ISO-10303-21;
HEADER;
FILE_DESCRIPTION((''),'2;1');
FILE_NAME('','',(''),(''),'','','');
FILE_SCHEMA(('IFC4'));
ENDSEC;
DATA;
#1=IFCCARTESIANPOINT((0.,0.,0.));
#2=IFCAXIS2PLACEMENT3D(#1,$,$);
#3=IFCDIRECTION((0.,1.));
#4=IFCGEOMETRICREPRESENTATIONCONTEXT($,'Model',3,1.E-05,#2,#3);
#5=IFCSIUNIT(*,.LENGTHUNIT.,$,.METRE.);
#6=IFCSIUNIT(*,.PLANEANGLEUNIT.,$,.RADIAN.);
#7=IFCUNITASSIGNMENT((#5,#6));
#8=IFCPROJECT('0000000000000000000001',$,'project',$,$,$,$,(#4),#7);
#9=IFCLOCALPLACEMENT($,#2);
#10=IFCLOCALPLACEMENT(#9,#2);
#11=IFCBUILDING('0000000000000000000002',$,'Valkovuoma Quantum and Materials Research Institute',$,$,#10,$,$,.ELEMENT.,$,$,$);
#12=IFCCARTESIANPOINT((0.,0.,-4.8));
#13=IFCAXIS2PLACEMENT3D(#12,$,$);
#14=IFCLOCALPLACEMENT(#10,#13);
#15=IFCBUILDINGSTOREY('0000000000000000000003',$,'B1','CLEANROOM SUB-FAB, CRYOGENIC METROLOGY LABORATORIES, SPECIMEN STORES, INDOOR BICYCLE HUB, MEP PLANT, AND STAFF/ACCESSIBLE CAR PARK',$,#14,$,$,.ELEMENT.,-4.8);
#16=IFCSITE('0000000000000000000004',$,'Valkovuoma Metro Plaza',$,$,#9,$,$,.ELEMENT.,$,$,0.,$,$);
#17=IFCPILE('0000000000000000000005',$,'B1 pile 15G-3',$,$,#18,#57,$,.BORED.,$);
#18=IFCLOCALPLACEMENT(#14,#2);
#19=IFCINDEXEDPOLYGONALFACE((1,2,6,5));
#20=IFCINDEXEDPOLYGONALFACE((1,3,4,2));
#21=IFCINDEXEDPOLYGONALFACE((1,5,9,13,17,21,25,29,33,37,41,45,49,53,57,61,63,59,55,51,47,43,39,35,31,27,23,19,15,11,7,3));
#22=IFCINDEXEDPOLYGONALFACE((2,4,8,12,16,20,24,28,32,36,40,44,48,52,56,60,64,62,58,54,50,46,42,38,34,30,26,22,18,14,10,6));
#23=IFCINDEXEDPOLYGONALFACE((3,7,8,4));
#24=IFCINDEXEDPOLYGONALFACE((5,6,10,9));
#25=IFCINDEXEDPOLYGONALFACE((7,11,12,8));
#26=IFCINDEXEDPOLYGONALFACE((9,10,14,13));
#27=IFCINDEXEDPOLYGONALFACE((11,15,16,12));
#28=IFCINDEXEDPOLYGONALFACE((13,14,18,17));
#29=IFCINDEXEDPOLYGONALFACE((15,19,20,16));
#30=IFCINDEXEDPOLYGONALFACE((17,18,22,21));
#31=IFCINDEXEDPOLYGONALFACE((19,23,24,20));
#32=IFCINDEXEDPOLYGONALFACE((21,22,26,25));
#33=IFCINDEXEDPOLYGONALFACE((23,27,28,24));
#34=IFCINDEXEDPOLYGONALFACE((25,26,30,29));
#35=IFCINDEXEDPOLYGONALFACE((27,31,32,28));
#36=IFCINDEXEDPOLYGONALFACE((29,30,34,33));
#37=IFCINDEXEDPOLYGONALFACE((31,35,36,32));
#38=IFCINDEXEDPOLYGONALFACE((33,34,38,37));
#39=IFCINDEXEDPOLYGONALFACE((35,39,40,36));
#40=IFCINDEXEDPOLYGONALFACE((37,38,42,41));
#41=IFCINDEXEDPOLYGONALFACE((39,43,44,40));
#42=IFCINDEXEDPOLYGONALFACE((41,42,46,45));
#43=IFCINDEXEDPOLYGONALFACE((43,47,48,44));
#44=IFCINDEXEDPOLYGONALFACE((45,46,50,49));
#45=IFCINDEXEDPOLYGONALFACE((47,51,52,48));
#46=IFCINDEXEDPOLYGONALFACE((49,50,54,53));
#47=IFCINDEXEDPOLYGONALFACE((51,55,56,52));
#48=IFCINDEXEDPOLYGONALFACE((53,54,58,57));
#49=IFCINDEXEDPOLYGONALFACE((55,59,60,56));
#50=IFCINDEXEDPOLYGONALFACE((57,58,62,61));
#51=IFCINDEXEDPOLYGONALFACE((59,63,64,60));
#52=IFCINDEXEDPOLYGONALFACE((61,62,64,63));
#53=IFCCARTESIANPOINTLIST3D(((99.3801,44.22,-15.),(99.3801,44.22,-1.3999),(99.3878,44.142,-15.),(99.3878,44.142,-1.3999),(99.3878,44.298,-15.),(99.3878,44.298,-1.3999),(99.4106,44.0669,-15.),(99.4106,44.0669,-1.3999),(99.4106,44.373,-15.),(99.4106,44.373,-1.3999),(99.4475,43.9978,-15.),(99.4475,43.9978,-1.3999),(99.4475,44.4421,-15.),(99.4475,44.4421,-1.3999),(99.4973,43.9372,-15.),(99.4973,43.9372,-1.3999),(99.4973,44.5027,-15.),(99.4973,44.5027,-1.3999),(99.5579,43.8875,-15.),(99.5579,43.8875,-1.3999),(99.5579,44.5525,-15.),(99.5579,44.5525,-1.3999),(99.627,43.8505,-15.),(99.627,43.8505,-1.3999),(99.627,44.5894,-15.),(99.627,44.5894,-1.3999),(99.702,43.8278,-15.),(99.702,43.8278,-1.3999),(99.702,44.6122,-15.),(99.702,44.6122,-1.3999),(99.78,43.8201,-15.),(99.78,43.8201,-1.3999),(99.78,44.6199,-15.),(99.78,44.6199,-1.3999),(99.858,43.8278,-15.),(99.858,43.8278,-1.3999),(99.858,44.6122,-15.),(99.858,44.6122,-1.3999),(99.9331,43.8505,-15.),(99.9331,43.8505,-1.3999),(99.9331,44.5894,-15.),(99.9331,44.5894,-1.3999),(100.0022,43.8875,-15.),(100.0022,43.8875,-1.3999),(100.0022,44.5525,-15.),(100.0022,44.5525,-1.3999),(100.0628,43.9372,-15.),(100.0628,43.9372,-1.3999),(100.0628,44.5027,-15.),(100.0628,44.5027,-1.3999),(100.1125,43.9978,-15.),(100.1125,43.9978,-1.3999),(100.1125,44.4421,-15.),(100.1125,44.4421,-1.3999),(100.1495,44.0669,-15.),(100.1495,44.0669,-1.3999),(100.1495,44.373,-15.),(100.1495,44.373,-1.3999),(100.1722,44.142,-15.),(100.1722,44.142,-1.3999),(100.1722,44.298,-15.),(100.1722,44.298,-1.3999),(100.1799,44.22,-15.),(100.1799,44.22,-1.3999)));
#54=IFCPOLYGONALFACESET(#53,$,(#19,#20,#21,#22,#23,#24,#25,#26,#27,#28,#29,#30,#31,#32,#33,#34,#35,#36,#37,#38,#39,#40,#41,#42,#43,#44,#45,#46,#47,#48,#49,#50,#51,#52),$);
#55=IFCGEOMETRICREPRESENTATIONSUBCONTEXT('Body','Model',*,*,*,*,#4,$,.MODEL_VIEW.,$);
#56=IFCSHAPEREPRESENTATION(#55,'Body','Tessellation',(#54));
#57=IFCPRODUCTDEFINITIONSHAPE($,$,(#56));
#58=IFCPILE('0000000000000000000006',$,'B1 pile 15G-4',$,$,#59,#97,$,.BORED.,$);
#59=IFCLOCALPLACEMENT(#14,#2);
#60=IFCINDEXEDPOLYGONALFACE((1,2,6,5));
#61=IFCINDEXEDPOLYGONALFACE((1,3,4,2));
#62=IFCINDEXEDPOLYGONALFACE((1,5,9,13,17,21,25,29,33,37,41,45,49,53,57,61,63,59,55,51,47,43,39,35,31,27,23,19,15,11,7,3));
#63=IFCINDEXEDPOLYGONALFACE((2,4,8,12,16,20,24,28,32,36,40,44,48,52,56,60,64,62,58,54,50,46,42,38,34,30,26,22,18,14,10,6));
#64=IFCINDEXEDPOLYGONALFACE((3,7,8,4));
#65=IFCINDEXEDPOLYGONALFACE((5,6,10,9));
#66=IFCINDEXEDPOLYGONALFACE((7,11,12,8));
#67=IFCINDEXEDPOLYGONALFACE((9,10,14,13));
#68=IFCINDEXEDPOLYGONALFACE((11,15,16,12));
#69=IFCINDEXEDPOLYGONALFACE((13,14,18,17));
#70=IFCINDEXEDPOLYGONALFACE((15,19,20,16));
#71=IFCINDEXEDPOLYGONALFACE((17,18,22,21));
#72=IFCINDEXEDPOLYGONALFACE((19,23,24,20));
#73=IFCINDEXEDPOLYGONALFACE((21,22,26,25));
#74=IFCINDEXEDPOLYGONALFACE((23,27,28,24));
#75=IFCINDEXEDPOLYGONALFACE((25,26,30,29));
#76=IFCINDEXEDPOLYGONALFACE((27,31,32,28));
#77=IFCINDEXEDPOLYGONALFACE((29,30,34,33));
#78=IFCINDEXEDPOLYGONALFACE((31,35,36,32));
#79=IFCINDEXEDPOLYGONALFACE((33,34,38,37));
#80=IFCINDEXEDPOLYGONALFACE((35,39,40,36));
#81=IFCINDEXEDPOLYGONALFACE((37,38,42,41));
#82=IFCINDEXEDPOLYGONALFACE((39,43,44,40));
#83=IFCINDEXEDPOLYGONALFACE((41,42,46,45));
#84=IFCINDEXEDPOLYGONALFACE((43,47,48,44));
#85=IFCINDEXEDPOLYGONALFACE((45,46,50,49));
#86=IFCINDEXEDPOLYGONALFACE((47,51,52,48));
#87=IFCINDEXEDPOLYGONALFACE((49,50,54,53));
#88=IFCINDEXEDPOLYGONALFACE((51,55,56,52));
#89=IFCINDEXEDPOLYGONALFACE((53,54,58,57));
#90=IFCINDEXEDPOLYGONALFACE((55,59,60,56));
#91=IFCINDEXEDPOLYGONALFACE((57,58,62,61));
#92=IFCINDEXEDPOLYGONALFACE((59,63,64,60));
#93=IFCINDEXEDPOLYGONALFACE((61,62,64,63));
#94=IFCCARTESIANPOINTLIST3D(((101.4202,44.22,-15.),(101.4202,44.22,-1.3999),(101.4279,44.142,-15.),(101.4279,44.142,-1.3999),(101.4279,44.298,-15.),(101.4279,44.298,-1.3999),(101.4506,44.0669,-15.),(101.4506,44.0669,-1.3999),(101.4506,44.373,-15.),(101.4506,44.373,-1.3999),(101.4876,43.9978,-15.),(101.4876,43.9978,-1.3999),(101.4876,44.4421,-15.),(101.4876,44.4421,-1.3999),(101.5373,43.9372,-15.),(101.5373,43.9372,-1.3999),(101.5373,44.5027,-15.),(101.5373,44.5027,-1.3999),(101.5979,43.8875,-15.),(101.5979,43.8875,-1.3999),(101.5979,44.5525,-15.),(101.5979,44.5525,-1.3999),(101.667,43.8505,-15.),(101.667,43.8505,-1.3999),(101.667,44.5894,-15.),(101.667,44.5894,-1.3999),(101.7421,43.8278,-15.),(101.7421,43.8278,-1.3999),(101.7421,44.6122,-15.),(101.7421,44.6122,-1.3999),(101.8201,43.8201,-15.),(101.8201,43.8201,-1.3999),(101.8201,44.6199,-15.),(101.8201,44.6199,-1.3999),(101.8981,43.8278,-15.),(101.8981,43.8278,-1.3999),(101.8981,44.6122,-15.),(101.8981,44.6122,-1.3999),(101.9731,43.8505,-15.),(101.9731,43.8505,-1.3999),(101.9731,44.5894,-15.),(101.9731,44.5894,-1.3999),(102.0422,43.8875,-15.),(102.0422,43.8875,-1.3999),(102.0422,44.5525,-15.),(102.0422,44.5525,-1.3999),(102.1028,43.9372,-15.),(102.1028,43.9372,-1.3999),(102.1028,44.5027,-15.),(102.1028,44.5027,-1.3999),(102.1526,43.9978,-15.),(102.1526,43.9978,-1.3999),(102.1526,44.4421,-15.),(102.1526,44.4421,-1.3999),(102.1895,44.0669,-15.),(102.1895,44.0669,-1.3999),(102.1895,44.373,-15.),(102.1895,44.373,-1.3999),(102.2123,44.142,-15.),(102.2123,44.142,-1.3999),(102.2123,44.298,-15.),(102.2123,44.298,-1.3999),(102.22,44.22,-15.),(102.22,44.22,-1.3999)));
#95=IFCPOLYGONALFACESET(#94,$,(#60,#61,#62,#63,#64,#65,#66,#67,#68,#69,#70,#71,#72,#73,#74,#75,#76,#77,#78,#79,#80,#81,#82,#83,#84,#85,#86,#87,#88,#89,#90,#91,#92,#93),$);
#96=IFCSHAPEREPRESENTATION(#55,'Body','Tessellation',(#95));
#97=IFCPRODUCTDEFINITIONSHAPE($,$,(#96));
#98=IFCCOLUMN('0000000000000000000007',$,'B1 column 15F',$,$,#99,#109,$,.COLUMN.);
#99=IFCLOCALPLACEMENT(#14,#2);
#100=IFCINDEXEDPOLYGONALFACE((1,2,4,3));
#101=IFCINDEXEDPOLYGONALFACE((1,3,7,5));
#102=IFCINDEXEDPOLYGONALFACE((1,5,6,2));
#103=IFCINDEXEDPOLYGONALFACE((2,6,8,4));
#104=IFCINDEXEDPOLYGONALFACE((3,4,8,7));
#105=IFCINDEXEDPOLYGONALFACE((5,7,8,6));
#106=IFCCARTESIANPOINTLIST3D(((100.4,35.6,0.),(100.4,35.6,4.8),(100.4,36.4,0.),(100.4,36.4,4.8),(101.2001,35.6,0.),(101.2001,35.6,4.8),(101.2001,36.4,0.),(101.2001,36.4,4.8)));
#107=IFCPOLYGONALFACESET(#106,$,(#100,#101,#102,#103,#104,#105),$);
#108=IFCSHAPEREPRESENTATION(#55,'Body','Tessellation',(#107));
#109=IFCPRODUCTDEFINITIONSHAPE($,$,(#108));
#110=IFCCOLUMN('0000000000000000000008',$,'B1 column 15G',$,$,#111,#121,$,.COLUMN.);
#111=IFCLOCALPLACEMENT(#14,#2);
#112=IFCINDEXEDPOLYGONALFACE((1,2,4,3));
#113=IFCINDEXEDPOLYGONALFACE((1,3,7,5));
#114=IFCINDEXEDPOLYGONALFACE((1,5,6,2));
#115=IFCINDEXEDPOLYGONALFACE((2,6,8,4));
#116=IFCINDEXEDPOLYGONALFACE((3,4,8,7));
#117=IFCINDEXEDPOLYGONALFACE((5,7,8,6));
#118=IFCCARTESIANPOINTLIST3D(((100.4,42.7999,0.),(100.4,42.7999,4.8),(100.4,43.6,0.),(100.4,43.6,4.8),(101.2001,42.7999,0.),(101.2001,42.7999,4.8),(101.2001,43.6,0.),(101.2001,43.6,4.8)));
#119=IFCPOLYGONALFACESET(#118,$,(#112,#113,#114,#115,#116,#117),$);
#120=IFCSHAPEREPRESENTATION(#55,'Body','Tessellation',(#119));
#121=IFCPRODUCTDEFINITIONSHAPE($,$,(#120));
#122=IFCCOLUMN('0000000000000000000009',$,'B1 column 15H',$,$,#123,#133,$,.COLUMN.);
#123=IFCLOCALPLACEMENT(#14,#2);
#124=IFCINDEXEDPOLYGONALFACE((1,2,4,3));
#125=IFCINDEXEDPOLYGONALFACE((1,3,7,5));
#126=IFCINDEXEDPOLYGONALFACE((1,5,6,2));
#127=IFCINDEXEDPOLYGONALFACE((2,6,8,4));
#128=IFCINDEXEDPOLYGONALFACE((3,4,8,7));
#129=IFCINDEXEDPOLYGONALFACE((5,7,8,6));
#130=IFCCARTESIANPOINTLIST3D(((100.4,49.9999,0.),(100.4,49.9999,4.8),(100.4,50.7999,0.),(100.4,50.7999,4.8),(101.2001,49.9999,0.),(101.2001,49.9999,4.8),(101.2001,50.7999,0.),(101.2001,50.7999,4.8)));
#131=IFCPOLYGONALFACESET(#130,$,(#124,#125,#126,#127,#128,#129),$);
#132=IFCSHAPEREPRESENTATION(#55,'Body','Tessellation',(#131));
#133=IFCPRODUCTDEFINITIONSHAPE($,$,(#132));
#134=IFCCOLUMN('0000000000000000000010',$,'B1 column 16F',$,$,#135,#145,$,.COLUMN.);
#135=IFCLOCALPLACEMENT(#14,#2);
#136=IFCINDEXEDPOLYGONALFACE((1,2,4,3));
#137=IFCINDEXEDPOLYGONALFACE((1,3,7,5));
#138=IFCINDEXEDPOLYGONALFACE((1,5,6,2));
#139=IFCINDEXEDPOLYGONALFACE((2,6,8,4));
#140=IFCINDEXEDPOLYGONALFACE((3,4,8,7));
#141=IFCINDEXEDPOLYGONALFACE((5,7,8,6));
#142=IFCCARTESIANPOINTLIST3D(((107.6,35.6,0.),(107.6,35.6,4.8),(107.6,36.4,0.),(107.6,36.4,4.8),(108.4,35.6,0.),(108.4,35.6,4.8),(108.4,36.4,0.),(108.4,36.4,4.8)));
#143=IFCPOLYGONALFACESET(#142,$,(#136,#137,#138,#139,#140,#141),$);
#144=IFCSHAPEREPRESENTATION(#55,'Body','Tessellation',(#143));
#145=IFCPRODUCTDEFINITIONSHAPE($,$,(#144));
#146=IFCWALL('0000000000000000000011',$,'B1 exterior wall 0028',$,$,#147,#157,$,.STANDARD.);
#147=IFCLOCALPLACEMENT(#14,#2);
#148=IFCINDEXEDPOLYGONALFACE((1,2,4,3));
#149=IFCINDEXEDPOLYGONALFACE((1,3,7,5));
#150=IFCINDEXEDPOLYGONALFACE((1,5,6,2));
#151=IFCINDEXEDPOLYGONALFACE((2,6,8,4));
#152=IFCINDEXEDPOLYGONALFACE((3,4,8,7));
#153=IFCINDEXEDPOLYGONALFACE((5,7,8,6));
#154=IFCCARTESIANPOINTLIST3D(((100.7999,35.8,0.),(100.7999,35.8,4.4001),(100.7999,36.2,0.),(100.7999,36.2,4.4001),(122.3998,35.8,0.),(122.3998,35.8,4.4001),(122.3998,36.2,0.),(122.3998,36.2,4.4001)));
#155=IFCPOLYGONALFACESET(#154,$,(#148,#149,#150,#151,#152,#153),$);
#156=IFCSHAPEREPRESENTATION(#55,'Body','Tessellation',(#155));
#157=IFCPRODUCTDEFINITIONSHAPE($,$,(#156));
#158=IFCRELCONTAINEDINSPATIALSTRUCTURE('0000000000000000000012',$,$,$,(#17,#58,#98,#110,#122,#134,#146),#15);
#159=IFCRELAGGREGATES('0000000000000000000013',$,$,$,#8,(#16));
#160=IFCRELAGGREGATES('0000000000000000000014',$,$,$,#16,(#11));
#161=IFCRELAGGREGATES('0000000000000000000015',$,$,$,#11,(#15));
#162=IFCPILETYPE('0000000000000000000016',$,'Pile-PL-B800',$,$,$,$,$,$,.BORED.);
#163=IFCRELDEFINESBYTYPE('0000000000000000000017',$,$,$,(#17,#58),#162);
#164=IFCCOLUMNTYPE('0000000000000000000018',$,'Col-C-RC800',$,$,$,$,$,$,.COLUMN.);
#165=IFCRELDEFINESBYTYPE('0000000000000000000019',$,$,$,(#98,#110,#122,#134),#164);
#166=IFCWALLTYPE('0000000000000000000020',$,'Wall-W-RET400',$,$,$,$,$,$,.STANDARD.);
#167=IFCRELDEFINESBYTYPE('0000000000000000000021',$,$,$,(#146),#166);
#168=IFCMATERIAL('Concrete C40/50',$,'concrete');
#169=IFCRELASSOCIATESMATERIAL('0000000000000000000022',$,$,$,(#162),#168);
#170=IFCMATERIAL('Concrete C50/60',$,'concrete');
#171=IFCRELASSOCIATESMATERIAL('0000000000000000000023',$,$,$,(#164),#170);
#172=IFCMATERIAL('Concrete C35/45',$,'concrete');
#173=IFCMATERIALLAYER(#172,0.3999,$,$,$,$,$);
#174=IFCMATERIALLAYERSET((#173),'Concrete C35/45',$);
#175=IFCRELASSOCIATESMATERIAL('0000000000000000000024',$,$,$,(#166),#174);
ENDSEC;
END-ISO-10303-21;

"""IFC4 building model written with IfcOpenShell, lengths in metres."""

from ifc_helpers import new_model, si_unit, direction, frame, frame_2d, origin, origin_2d, place, context, subcontext, project, spatial, rectangle, circle, extrude, material, layer, layer_set, material_profile, profile_set, type_object, element, save


model = new_model("IFC4")

# Units and contexts
model_context = context("Model", 3, precision=1e-05, world=origin(), true_north=direction((0.0, 1.0)))
body_context = subcontext(model_context, "Body", "Model", "MODEL_VIEW")
ifc_project = project(units=[si_unit("LENGTHUNIT", "METRE"), si_unit("PLANEANGLEUNIT", "RADIAN")], contexts=[model_context])

# Site, building, storey
site_placement = place(None, origin())
site = spatial("IfcSite", under=ifc_project, at=site_placement, Name="Valkovuoma Metro Plaza", CompositionType="ELEMENT", RefElevation=0.0)
building_placement = place(site_placement, origin())
building = spatial("IfcBuilding", under=site, at=building_placement, Name="Valkovuoma Quantum and Materials Research Institute", CompositionType="ELEMENT")
storey_placement = place(building_placement, frame((0.0, 0.0, -4.8)))
storey = spatial("IfcBuildingStorey", under=building, at=storey_placement, Name="B1", Description="CLEANROOM SUB-FAB, CRYOGENIC METROLOGY LABORATORIES, SPECIMEN STORES, INDOOR BICYCLE HUB, MEP PLANT, AND STAFF/ACCESSIBLE CAR PARK", CompositionType="ELEMENT", Elevation=-4.8)

# Piles
ifc_material_1 = material(Name="Concrete C40/50", Category="concrete")
ifc_material_profile_1 = material_profile(ifc_material_1, circle(Radius=0.3999, at=origin_2d()), Name="Concrete C40/50")
ifc_profile_set_1 = profile_set([ifc_material_profile_1], Name="Concrete C40/50")
pile_type_1 = type_object("IfcPileType", Name="Pile-PL-B800", PredefinedType="BORED", material=ifc_profile_set_1)
for number, where, z_axis, x_axis, name in (
    (1, (99.78, 44.22, -1.3999), (0.0, 0.0, -1.0), (1.0, 0.0, 0.0), "B1 pile 15G-3"),
    (2, (101.8201, 44.22, -1.3999), (0.0, 0.0, -1.0), (1.0, 0.0, 0.0), "B1 pile 15G-4"),
):
    element("IfcPile", number, at=place(storey_placement, frame(where, z_axis=z_axis, x_axis=x_axis)), inside=storey, type_object=pile_type_1, Name=name, PredefinedType="BORED", context=body_context, shape_type="SweptSolid", body=[
        extrude(circle(Radius=0.3999, at=origin_2d()), origin(), (0.0, 0.0, 1.0), 13.6001),
    ])

# Columns
ifc_material_2 = material(Name="Concrete C50/60", Category="concrete")
ifc_material_profile_2 = material_profile(ifc_material_2, rectangle(XDim=0.8, YDim=0.8, at=origin_2d()), Name="Concrete C50/60")
ifc_profile_set_2 = profile_set([ifc_material_profile_2], Name="Concrete C50/60")
column_type = type_object("IfcColumnType", Name="Col-C-RC800", PredefinedType="COLUMN", material=ifc_profile_set_2)
for number, where, z_axis, x_axis, name in (
    (3, (100.8, 36.0, 0.0), (0.0, 0.0, 1.0), (1.0, 0.0, 0.0), "B1 column 15F"),
    (4, (100.8, 43.2, 0.0), (0.0, 0.0, 1.0), (1.0, 0.0, 0.0), "B1 column 15G"),
    (5, (100.8, 50.3999, 0.0), (0.0, 0.0, 1.0), (1.0, 0.0, 0.0), "B1 column 15H"),
    (6, (108.0, 36.0, 0.0), (0.0, 0.0, 1.0), (1.0, 0.0, 0.0), "B1 column 16F"),
):
    element("IfcColumn", number, at=place(storey_placement, frame(where, z_axis=z_axis, x_axis=x_axis)), inside=storey, type_object=column_type, Name=name, PredefinedType="COLUMN", context=body_context, shape_type="SweptSolid", body=[
        extrude(rectangle(XDim=0.8, YDim=0.8, at=origin_2d()), origin(), (0.0, 0.0, 1.0), 4.8),
    ])

# Wall
ifc_material_3 = material(Name="Concrete C35/45", Category="concrete")
ifc_layer = layer(ifc_material_3, 0.3999)
ifc_layer_set = layer_set([ifc_layer], Name="Concrete C35/45")
wall_type = type_object("IfcWallType", Name="Wall-W-RET400", PredefinedType="STANDARD", material=ifc_layer_set)
wall_placement = place(storey_placement, frame((100.8, 36.0, 0.0), z_axis=(0.0, 0.0, 1.0), x_axis=(1.0, 0.0, 0.0)))
element("IfcWall", 7, at=wall_placement, inside=storey, type_object=wall_type, Name="B1 exterior wall 0028", PredefinedType="STANDARD", context=body_context, shape_type="SweptSolid", body=[
    extrude(rectangle(XDim=21.5999, YDim=0.3999, at=frame_2d((10.7998, 0.0))), origin(), (0.0, 0.0, 1.0), 4.4001),
])

save(model, "model.ifc")
